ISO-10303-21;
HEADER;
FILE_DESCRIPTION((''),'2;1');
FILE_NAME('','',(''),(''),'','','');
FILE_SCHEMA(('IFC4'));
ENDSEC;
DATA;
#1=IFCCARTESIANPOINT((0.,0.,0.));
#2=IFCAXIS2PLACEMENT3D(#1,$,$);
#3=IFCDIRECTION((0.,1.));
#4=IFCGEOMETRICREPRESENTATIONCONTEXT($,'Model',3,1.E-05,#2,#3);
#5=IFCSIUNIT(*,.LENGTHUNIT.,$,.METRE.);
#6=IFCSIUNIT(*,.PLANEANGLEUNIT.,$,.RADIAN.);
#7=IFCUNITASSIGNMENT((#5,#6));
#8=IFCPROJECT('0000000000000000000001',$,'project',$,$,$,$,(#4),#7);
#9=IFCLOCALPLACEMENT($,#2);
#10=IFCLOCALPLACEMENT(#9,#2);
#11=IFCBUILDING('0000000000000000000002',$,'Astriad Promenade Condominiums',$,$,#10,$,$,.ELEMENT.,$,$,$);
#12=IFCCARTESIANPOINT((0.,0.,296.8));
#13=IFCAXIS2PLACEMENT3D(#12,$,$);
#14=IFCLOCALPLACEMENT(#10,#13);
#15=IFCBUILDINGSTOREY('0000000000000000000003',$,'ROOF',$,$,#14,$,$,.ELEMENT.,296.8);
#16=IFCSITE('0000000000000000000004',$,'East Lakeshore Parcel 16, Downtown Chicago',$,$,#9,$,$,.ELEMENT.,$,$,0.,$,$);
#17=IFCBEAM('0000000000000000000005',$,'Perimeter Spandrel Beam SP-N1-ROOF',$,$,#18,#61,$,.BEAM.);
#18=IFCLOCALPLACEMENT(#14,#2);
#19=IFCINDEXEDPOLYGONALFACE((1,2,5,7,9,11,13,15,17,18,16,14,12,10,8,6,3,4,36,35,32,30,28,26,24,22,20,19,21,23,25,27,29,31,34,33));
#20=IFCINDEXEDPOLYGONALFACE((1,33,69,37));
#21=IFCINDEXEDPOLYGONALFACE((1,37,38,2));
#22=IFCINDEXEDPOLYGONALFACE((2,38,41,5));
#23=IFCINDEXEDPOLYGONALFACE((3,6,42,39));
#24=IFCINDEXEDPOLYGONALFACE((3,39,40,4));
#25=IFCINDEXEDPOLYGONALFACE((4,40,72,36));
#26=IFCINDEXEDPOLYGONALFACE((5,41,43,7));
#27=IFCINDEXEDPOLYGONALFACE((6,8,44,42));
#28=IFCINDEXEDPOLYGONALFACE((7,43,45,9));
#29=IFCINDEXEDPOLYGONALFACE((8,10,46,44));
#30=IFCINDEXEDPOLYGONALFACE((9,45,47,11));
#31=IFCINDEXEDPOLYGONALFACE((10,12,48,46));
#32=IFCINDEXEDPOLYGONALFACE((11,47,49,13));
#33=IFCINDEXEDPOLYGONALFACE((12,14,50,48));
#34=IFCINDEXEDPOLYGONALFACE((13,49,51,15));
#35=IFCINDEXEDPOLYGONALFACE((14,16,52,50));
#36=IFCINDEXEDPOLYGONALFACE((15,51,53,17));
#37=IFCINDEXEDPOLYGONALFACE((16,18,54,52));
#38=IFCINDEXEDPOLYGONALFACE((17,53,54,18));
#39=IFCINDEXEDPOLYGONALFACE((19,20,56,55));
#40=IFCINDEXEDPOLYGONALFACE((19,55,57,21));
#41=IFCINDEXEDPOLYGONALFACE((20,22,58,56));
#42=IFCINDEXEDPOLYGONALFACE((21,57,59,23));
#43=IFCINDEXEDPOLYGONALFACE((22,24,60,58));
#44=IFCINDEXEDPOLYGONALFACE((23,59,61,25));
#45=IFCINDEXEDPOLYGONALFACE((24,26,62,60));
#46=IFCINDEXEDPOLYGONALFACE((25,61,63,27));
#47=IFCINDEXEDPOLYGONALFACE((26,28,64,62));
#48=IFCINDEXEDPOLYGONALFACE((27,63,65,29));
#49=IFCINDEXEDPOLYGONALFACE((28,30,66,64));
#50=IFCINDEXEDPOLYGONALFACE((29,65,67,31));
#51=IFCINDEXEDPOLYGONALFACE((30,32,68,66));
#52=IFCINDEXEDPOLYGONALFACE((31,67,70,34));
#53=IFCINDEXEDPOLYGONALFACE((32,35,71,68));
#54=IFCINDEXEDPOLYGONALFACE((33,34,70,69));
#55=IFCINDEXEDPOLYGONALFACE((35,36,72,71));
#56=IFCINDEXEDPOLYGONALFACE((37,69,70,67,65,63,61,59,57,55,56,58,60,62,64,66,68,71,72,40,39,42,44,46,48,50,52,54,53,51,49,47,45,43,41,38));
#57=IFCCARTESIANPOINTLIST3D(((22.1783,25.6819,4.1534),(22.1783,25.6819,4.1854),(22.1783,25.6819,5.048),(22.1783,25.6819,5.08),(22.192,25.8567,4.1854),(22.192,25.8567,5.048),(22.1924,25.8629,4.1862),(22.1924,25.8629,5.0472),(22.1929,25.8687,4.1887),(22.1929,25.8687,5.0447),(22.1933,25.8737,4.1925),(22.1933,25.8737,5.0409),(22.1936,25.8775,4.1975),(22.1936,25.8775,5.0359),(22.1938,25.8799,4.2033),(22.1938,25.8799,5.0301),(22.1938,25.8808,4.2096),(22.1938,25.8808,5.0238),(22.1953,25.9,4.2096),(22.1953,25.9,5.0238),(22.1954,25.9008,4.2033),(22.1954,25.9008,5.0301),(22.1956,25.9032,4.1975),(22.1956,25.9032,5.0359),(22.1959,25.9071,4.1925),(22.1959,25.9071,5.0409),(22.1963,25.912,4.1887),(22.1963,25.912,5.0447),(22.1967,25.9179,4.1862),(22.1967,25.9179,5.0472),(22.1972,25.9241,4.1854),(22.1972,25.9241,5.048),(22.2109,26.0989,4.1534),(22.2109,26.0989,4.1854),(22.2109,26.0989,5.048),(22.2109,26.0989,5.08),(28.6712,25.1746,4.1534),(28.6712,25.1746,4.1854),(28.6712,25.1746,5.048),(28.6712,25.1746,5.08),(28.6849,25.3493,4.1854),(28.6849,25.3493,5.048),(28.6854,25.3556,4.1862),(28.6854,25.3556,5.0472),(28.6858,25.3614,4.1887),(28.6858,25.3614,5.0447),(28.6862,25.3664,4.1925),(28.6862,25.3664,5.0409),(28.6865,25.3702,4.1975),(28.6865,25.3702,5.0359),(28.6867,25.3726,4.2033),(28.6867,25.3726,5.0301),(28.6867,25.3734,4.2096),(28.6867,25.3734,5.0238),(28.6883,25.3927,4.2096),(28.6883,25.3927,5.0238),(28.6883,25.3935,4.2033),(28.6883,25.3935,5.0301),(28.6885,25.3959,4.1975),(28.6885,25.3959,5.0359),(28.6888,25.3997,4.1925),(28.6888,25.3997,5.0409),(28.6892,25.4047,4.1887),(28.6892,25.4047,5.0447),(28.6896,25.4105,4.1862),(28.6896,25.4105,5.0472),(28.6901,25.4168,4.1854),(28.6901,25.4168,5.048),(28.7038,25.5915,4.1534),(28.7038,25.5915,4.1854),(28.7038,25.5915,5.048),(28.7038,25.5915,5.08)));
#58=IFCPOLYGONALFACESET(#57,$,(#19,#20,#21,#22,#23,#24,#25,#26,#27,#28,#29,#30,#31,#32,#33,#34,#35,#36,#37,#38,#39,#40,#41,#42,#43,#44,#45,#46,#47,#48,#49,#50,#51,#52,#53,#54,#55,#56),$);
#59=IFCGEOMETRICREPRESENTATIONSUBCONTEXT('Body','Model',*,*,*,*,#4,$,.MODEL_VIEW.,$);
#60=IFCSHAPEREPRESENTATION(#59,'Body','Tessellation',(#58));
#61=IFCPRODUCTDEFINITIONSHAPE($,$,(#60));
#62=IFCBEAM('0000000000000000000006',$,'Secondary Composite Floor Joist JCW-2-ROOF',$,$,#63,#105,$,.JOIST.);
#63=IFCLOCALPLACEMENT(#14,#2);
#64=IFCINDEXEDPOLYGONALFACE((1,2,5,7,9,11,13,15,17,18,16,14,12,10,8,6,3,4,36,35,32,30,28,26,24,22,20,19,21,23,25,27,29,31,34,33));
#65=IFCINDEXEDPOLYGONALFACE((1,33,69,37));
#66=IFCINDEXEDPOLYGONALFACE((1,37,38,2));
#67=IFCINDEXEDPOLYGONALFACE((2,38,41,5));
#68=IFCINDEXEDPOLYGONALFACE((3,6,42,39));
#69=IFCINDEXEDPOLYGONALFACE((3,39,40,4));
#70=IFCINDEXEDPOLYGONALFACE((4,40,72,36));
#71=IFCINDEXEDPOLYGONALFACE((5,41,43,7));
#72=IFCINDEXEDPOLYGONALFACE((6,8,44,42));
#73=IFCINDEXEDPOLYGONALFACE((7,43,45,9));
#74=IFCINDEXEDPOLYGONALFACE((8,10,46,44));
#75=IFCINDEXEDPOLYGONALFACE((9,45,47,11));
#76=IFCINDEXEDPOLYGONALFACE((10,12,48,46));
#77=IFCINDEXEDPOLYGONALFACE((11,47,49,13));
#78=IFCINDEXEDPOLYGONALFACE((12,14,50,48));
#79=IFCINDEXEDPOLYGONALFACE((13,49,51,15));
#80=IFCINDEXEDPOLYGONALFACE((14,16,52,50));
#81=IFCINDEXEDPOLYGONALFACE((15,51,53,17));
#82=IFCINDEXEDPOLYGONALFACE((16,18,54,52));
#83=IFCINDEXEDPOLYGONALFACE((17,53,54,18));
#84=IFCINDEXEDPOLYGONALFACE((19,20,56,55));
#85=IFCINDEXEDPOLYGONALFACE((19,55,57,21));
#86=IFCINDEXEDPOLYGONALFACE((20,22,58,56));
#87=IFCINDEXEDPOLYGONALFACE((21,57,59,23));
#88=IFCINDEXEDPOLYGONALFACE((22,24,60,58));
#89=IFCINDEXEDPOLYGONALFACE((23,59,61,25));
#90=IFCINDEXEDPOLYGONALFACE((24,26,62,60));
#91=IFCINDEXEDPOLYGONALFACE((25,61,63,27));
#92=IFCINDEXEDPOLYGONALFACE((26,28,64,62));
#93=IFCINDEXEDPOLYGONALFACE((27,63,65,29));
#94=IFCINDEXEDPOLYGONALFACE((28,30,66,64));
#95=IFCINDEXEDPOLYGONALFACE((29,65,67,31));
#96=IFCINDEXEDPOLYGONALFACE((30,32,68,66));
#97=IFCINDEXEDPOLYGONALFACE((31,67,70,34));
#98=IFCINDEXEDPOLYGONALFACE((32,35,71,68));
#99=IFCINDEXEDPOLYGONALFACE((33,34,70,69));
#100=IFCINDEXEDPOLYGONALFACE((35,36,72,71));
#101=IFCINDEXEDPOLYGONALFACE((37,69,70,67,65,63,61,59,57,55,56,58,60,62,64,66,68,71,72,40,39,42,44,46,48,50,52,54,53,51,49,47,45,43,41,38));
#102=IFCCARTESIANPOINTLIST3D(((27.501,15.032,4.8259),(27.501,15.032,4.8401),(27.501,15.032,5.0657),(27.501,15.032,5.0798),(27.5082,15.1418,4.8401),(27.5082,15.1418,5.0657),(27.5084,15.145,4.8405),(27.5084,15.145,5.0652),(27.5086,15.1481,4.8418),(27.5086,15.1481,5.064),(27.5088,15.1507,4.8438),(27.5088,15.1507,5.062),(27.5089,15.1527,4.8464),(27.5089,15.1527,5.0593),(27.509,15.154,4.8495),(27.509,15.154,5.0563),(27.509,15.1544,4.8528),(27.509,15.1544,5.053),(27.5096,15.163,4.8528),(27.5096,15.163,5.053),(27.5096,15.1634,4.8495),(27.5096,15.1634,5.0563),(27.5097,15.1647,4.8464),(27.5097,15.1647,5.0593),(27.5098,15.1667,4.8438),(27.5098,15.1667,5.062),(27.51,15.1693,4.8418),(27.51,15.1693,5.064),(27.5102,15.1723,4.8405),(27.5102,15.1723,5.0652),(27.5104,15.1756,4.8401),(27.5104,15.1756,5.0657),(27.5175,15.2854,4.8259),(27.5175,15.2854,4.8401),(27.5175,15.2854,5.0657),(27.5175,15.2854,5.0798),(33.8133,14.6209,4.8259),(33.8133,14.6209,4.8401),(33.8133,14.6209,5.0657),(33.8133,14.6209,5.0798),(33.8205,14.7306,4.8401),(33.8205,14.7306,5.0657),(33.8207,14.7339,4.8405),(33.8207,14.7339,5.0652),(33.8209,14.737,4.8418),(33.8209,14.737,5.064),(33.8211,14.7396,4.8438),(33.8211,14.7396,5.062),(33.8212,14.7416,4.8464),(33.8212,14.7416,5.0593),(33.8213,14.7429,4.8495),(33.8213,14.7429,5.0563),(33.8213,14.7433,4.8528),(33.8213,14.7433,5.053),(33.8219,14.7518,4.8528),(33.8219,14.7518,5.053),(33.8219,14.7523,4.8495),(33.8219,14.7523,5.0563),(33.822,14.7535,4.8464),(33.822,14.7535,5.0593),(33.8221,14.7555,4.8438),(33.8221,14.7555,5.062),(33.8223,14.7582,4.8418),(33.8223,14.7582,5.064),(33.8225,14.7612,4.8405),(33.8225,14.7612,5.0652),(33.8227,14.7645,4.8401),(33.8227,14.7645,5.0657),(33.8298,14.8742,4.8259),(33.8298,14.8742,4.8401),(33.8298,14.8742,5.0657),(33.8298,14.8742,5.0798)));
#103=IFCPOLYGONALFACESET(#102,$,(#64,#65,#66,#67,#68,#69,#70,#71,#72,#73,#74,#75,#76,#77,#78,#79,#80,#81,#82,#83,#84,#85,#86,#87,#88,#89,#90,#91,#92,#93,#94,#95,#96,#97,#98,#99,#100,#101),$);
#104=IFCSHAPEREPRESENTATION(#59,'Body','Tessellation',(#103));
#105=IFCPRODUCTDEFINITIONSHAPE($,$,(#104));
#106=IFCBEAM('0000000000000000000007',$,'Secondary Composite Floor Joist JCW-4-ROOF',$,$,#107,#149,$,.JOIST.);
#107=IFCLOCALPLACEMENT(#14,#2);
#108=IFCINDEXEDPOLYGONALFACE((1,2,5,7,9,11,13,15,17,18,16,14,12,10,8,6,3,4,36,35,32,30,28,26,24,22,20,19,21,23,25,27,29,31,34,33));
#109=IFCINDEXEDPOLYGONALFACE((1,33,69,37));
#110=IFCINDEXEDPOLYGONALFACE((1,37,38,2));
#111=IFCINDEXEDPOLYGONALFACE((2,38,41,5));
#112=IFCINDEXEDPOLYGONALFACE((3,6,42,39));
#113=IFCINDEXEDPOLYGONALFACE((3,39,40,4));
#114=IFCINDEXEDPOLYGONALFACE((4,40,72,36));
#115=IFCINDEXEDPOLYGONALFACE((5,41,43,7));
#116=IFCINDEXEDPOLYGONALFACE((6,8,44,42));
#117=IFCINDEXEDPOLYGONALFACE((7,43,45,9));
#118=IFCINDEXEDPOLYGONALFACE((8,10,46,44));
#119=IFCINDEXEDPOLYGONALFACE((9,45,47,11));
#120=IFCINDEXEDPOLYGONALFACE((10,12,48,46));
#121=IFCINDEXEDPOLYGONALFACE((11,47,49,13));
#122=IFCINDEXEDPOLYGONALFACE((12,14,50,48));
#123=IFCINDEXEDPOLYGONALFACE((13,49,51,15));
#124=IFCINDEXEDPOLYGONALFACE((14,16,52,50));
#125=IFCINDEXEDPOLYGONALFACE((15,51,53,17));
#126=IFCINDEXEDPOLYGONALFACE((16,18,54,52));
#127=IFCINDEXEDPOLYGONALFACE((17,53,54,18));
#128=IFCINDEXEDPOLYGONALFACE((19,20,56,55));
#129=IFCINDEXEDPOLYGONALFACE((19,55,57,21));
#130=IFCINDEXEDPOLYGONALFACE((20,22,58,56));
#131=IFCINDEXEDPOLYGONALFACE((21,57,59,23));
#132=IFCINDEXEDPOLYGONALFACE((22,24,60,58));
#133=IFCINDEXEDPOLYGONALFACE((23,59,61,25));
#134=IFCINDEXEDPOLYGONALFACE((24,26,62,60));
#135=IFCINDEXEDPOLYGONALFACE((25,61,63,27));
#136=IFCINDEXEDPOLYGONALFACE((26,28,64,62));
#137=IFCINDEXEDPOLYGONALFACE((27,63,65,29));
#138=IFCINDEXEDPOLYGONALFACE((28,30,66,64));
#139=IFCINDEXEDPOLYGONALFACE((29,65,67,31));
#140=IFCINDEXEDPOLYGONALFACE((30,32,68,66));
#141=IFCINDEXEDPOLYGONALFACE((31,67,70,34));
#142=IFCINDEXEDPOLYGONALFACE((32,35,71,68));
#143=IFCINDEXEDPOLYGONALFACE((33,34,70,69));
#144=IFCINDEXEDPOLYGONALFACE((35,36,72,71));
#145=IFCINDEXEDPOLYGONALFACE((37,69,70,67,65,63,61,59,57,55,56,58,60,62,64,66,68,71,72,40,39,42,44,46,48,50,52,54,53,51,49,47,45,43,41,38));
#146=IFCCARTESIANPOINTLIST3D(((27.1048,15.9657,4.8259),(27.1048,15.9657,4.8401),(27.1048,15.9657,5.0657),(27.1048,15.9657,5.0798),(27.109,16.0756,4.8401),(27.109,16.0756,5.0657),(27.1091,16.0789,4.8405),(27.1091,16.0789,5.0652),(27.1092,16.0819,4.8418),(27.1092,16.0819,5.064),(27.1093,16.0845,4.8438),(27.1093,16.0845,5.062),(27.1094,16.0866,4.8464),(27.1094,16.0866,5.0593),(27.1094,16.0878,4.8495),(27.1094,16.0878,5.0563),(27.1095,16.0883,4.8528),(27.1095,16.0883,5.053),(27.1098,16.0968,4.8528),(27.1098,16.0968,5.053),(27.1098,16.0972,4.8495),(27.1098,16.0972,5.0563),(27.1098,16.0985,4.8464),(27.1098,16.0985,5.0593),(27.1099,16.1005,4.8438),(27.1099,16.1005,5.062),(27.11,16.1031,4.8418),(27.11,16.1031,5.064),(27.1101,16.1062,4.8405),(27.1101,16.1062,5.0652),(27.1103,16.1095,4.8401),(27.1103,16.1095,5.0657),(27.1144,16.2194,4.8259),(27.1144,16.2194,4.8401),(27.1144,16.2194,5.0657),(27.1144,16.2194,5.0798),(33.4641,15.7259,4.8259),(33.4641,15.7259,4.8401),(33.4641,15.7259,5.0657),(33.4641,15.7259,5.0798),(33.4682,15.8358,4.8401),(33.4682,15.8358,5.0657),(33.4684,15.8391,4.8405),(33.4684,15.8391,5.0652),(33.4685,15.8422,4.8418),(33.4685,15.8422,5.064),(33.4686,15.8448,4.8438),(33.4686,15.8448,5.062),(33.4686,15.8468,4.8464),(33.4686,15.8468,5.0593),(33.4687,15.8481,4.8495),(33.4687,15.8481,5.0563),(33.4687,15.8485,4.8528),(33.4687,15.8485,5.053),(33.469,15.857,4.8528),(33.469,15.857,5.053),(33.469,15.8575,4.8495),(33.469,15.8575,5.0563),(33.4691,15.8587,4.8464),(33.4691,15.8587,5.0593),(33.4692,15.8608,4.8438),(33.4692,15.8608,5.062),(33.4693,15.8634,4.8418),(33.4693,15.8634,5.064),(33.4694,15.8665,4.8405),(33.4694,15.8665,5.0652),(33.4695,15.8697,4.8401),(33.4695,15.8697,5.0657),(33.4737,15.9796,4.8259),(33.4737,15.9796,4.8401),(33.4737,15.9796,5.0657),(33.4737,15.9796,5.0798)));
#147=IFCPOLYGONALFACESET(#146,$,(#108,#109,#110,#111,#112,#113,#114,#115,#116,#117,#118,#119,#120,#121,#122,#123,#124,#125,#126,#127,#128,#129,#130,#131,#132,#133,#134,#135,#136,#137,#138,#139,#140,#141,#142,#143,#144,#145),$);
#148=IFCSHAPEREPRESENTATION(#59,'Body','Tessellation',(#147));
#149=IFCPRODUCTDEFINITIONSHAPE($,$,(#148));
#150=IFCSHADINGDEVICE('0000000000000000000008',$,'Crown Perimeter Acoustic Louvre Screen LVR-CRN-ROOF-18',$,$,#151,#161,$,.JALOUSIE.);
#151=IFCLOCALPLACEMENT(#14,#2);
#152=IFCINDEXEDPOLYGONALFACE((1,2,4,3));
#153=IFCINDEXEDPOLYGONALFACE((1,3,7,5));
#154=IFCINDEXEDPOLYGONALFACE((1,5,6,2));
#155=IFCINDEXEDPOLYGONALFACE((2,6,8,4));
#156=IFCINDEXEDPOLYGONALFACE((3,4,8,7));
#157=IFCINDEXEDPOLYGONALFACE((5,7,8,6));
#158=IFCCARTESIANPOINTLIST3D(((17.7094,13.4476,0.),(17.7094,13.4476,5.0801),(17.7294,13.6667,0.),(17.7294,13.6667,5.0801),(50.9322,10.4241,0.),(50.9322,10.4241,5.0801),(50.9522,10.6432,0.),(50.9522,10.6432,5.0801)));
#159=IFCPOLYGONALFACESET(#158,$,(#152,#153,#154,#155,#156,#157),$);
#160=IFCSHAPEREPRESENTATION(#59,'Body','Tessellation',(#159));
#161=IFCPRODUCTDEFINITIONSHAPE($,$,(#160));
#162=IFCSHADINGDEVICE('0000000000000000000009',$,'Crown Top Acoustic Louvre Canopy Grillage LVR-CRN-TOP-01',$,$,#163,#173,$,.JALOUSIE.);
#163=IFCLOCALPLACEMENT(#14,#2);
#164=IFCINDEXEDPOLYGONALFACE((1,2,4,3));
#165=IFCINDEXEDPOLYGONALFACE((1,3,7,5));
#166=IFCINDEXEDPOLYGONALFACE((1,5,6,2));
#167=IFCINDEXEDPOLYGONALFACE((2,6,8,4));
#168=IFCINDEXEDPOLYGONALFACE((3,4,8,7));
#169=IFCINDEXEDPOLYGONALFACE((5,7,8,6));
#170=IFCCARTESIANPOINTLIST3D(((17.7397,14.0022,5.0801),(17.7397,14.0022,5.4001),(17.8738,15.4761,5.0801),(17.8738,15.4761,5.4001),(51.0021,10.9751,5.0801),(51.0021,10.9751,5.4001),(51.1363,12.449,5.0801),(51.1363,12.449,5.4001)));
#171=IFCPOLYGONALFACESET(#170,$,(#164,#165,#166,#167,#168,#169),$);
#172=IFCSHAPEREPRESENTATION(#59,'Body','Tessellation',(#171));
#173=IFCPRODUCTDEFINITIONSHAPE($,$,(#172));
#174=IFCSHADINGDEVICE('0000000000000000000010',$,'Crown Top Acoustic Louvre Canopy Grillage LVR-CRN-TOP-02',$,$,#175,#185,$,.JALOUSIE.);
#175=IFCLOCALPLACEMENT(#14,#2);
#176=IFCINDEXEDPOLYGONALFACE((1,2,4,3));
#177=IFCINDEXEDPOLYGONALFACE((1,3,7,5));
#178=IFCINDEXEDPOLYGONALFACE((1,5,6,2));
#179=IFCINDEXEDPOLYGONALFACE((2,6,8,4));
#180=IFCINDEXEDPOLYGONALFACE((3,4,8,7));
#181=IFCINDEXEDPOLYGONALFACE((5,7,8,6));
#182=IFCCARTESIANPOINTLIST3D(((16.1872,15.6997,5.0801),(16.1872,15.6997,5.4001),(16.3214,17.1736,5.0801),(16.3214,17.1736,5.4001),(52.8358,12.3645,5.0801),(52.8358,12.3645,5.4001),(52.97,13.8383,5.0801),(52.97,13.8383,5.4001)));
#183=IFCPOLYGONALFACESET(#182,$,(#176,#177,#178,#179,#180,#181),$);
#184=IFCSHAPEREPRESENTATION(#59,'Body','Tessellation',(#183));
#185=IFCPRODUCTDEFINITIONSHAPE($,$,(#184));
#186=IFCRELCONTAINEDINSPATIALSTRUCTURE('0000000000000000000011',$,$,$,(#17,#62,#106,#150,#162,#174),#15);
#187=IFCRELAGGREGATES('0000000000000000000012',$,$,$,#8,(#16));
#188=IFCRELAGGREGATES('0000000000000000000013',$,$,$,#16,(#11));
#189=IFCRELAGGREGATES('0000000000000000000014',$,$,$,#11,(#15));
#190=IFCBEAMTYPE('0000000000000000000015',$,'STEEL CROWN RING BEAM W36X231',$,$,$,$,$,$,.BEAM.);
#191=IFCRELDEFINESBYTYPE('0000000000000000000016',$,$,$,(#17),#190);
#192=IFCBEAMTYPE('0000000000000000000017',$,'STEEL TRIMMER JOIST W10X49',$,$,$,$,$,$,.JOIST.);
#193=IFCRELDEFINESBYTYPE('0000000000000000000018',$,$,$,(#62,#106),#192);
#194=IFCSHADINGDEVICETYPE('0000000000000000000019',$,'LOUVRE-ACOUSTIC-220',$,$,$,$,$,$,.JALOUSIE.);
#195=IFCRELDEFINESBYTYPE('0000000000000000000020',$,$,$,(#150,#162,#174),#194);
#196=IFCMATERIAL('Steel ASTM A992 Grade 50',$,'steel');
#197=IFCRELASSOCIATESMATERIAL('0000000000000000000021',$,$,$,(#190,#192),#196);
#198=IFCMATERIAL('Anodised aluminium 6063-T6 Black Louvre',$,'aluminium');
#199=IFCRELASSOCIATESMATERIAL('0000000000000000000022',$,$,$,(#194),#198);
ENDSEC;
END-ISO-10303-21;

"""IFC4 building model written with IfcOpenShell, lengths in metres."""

from ifc_helpers import new_model, si_unit, direction, frame, origin, origin_2d, place, context, subcontext, project, spatial, rectangle, i_section, extrude, source, transform, mapped, material, material_profile, profile_set, type_object, type_shapes, element, save


model = new_model("IFC4")

# Units and contexts
model_context = context("Model", 3, precision=1e-05, world=origin(), true_north=direction((0.0, 1.0)))
body_context = subcontext(model_context, "Body", "Model", "MODEL_VIEW")
ifc_project = project(units=[si_unit("LENGTHUNIT", "METRE"), si_unit("PLANEANGLEUNIT", "RADIAN")], contexts=[model_context])

# Site, building, storey
site_placement = place(None, origin())
site = spatial("IfcSite", under=ifc_project, at=site_placement, Name="East Lakeshore Parcel 16, Downtown Chicago", CompositionType="ELEMENT", RefElevation=0.0)
building_placement = place(site_placement, origin())
building = spatial("IfcBuilding", under=site, at=building_placement, Name="Astriad Promenade Condominiums", CompositionType="ELEMENT")
storey_placement = place(building_placement, frame((0.0, 0.0, 296.8)))
storey = spatial("IfcBuildingStorey", under=building, at=storey_placement, Name="ROOF", CompositionType="ELEMENT", Elevation=296.8)

# Shared definitions
ifc_material_1 = material(Name="Steel ASTM A992 Grade 50", Category="steel")

# Beams
ifc_material_profile_1 = material_profile(ifc_material_1, i_section(OverallWidth=0.4182, OverallDepth=0.9265, WebThickness=0.0193, FlangeThickness=0.032, FilletRadius=0.0242, at=origin_2d()), Name="W36X231")
ifc_profile_set_1 = profile_set([ifc_material_profile_1], Name="Steel ASTM A992 Grade 50")
beam_type_1 = type_object("IfcBeamType", Name="STEEL CROWN RING BEAM W36X231", PredefinedType="BEAM", material=ifc_profile_set_1)
shared_shape_1 = source(origin(), body_context, "Body", "SweptSolid", [
    extrude(i_section(OverallWidth=0.4182, OverallDepth=0.9265, WebThickness=0.0193, FlangeThickness=0.032, FilletRadius=0.0242, at=origin_2d()), origin(), (0.0, 0.0, 1.0), 6.5127),
])
beam_1_placement = place(storey_placement, frame((28.6875, 25.3831, 4.6167), z_axis=(-0.996961, 0.077898, 0.0), x_axis=(-0.077898, -0.996961, 0.0)))
element("IfcBeam", 1, at=beam_1_placement, inside=storey, type_object=beam_type_1, Name="Perimeter Spandrel Beam SP-N1-ROOF", PredefinedType="BEAM", context=body_context, shape_type="MappedRepresentation", body=[
    mapped(shared_shape_1, transform((0.0, 0.0, 0.0), scale=1.0)),
])
ifc_material_profile_2 = material_profile(ifc_material_1, i_section(OverallWidth=0.2539, OverallDepth=0.2539, WebThickness=0.0085, FlangeThickness=0.0142, FilletRadius=0.0127, at=origin_2d()), Name="W10X49")
ifc_profile_set_2 = profile_set([ifc_material_profile_2], Name="Steel ASTM A992 Grade 50")
beam_type_2 = type_object("IfcBeamType", Name="STEEL TRIMMER JOIST W10X49", PredefinedType="JOIST", material=ifc_profile_set_2)
shared_shape_2 = source(origin(), body_context, "Body", "SweptSolid", [
    extrude(i_section(OverallWidth=0.2539, OverallDepth=0.2539, WebThickness=0.0085, FlangeThickness=0.0142, FilletRadius=0.0127, at=origin_2d()), origin(), (0.0, 0.0, 1.0), 6.3257),
])
beam_2_placement = place(storey_placement, frame((27.5093, 15.1587, 4.9529), z_axis=(0.997886, -0.064995, 0.0), x_axis=(0.064995, 0.997886, 0.0)))
element("IfcBeam", 2, at=beam_2_placement, inside=storey, type_object=beam_type_2, Name="Secondary Composite Floor Joist JCW-2-ROOF", PredefinedType="JOIST", context=body_context, shape_type="MappedRepresentation", body=[
    mapped(shared_shape_2, transform((0.0, 0.0, 0.0), scale=1.0)),
])
shared_shape_3 = source(origin(), body_context, "Body", "SweptSolid", [
    extrude(i_section(OverallWidth=0.2539, OverallDepth=0.2539, WebThickness=0.0085, FlangeThickness=0.0142, FilletRadius=0.0127, at=origin_2d()), origin(), (0.0, 0.0, 1.0), 6.3638),
])
type_shapes(beam_type_2, [shared_shape_2, shared_shape_3])
beam_3_placement = place(storey_placement, frame((27.1096, 16.0925, 4.9529), z_axis=(0.99929, -0.037674, 0.0), x_axis=(0.037674, 0.99929, 0.0)))
element("IfcBeam", 3, at=beam_3_placement, inside=storey, type_object=beam_type_2, Name="Secondary Composite Floor Joist JCW-4-ROOF", PredefinedType="JOIST", context=body_context, shape_type="MappedRepresentation", body=[
    mapped(shared_shape_3, transform((0.0, 0.0, 0.0), scale=1.0)),
])

# Shading devices
ifc_material_2 = material(Name="Anodised aluminium 6063-T6 Black Louvre", Category="aluminium")
shading_device_type = type_object("IfcShadingDeviceType", Name="LOUVRE-ACOUSTIC-220", PredefinedType="JALOUSIE", material=ifc_material_2)
shared_shape_4 = source(origin(), body_context, "Body", "SweptSolid", [
    extrude(rectangle(XDim=33.3601, YDim=0.22, at=origin_2d()), origin(), (0.0, 0.0, 1.0), 5.0801),
])
shading_device_1_placement = place(storey_placement, frame((34.3308, 12.0454, 0.0), z_axis=(0.0, 0.0, 1.0), x_axis=(-0.995884, 0.090633, 0.0)))
element("IfcShadingDevice", 4, at=shading_device_1_placement, inside=storey, type_object=shading_device_type, Name="Crown Perimeter Acoustic Louvre Screen LVR-CRN-ROOF-18", PredefinedType="JALOUSIE", context=body_context, shape_type="MappedRepresentation", body=[
    mapped(shared_shape_4, transform((0.0, 0.0, 0.0), scale=1.0)),
])
shared_shape_5 = source(origin(), body_context, "Body", "SweptSolid", [
    extrude(rectangle(XDim=33.3999, YDim=1.48, at=origin_2d()), origin(), (0.0, 0.0, 1.0), 0.3201),
])
shading_device_2_placement = place(storey_placement, frame((34.438, 13.2256, 5.0801), z_axis=(0.0, 0.0, 1.0), x_axis=(0.995884, -0.090633, 0.0)))
element("IfcShadingDevice", 5, at=shading_device_2_placement, inside=storey, type_object=shading_device_type, Name="Crown Top Acoustic Louvre Canopy Grillage LVR-CRN-TOP-01", PredefinedType="JALOUSIE", context=body_context, shape_type="MappedRepresentation", body=[
    mapped(shared_shape_5, transform((0.0, 0.0, 0.0), scale=1.0)),
])
shared_shape_6 = source(origin(), body_context, "Body", "SweptSolid", [
    extrude(rectangle(XDim=36.8, YDim=1.48, at=origin_2d()), origin(), (0.0, 0.0, 1.0), 0.3201),
])
type_shapes(shading_device_type, [shared_shape_4, shared_shape_5, shared_shape_6])
for number, where, z_axis, x_axis, name in (
    (6, (34.5786, 14.769, 5.0801), (0.0, 0.0, 1.0), (0.995884, -0.090633, 0.0), "Crown Top Acoustic Louvre Canopy Grillage LVR-CRN-TOP-02"),
):
    element("IfcShadingDevice", number, at=place(storey_placement, frame(where, z_axis=z_axis, x_axis=x_axis)), inside=storey, type_object=shading_device_type, Name=name, PredefinedType="JALOUSIE", context=body_context, shape_type="MappedRepresentation", body=[
        mapped(shared_shape_6, transform((0.0, 0.0, 0.0), scale=1.0)),
    ])

save(model, "model.ifc")
